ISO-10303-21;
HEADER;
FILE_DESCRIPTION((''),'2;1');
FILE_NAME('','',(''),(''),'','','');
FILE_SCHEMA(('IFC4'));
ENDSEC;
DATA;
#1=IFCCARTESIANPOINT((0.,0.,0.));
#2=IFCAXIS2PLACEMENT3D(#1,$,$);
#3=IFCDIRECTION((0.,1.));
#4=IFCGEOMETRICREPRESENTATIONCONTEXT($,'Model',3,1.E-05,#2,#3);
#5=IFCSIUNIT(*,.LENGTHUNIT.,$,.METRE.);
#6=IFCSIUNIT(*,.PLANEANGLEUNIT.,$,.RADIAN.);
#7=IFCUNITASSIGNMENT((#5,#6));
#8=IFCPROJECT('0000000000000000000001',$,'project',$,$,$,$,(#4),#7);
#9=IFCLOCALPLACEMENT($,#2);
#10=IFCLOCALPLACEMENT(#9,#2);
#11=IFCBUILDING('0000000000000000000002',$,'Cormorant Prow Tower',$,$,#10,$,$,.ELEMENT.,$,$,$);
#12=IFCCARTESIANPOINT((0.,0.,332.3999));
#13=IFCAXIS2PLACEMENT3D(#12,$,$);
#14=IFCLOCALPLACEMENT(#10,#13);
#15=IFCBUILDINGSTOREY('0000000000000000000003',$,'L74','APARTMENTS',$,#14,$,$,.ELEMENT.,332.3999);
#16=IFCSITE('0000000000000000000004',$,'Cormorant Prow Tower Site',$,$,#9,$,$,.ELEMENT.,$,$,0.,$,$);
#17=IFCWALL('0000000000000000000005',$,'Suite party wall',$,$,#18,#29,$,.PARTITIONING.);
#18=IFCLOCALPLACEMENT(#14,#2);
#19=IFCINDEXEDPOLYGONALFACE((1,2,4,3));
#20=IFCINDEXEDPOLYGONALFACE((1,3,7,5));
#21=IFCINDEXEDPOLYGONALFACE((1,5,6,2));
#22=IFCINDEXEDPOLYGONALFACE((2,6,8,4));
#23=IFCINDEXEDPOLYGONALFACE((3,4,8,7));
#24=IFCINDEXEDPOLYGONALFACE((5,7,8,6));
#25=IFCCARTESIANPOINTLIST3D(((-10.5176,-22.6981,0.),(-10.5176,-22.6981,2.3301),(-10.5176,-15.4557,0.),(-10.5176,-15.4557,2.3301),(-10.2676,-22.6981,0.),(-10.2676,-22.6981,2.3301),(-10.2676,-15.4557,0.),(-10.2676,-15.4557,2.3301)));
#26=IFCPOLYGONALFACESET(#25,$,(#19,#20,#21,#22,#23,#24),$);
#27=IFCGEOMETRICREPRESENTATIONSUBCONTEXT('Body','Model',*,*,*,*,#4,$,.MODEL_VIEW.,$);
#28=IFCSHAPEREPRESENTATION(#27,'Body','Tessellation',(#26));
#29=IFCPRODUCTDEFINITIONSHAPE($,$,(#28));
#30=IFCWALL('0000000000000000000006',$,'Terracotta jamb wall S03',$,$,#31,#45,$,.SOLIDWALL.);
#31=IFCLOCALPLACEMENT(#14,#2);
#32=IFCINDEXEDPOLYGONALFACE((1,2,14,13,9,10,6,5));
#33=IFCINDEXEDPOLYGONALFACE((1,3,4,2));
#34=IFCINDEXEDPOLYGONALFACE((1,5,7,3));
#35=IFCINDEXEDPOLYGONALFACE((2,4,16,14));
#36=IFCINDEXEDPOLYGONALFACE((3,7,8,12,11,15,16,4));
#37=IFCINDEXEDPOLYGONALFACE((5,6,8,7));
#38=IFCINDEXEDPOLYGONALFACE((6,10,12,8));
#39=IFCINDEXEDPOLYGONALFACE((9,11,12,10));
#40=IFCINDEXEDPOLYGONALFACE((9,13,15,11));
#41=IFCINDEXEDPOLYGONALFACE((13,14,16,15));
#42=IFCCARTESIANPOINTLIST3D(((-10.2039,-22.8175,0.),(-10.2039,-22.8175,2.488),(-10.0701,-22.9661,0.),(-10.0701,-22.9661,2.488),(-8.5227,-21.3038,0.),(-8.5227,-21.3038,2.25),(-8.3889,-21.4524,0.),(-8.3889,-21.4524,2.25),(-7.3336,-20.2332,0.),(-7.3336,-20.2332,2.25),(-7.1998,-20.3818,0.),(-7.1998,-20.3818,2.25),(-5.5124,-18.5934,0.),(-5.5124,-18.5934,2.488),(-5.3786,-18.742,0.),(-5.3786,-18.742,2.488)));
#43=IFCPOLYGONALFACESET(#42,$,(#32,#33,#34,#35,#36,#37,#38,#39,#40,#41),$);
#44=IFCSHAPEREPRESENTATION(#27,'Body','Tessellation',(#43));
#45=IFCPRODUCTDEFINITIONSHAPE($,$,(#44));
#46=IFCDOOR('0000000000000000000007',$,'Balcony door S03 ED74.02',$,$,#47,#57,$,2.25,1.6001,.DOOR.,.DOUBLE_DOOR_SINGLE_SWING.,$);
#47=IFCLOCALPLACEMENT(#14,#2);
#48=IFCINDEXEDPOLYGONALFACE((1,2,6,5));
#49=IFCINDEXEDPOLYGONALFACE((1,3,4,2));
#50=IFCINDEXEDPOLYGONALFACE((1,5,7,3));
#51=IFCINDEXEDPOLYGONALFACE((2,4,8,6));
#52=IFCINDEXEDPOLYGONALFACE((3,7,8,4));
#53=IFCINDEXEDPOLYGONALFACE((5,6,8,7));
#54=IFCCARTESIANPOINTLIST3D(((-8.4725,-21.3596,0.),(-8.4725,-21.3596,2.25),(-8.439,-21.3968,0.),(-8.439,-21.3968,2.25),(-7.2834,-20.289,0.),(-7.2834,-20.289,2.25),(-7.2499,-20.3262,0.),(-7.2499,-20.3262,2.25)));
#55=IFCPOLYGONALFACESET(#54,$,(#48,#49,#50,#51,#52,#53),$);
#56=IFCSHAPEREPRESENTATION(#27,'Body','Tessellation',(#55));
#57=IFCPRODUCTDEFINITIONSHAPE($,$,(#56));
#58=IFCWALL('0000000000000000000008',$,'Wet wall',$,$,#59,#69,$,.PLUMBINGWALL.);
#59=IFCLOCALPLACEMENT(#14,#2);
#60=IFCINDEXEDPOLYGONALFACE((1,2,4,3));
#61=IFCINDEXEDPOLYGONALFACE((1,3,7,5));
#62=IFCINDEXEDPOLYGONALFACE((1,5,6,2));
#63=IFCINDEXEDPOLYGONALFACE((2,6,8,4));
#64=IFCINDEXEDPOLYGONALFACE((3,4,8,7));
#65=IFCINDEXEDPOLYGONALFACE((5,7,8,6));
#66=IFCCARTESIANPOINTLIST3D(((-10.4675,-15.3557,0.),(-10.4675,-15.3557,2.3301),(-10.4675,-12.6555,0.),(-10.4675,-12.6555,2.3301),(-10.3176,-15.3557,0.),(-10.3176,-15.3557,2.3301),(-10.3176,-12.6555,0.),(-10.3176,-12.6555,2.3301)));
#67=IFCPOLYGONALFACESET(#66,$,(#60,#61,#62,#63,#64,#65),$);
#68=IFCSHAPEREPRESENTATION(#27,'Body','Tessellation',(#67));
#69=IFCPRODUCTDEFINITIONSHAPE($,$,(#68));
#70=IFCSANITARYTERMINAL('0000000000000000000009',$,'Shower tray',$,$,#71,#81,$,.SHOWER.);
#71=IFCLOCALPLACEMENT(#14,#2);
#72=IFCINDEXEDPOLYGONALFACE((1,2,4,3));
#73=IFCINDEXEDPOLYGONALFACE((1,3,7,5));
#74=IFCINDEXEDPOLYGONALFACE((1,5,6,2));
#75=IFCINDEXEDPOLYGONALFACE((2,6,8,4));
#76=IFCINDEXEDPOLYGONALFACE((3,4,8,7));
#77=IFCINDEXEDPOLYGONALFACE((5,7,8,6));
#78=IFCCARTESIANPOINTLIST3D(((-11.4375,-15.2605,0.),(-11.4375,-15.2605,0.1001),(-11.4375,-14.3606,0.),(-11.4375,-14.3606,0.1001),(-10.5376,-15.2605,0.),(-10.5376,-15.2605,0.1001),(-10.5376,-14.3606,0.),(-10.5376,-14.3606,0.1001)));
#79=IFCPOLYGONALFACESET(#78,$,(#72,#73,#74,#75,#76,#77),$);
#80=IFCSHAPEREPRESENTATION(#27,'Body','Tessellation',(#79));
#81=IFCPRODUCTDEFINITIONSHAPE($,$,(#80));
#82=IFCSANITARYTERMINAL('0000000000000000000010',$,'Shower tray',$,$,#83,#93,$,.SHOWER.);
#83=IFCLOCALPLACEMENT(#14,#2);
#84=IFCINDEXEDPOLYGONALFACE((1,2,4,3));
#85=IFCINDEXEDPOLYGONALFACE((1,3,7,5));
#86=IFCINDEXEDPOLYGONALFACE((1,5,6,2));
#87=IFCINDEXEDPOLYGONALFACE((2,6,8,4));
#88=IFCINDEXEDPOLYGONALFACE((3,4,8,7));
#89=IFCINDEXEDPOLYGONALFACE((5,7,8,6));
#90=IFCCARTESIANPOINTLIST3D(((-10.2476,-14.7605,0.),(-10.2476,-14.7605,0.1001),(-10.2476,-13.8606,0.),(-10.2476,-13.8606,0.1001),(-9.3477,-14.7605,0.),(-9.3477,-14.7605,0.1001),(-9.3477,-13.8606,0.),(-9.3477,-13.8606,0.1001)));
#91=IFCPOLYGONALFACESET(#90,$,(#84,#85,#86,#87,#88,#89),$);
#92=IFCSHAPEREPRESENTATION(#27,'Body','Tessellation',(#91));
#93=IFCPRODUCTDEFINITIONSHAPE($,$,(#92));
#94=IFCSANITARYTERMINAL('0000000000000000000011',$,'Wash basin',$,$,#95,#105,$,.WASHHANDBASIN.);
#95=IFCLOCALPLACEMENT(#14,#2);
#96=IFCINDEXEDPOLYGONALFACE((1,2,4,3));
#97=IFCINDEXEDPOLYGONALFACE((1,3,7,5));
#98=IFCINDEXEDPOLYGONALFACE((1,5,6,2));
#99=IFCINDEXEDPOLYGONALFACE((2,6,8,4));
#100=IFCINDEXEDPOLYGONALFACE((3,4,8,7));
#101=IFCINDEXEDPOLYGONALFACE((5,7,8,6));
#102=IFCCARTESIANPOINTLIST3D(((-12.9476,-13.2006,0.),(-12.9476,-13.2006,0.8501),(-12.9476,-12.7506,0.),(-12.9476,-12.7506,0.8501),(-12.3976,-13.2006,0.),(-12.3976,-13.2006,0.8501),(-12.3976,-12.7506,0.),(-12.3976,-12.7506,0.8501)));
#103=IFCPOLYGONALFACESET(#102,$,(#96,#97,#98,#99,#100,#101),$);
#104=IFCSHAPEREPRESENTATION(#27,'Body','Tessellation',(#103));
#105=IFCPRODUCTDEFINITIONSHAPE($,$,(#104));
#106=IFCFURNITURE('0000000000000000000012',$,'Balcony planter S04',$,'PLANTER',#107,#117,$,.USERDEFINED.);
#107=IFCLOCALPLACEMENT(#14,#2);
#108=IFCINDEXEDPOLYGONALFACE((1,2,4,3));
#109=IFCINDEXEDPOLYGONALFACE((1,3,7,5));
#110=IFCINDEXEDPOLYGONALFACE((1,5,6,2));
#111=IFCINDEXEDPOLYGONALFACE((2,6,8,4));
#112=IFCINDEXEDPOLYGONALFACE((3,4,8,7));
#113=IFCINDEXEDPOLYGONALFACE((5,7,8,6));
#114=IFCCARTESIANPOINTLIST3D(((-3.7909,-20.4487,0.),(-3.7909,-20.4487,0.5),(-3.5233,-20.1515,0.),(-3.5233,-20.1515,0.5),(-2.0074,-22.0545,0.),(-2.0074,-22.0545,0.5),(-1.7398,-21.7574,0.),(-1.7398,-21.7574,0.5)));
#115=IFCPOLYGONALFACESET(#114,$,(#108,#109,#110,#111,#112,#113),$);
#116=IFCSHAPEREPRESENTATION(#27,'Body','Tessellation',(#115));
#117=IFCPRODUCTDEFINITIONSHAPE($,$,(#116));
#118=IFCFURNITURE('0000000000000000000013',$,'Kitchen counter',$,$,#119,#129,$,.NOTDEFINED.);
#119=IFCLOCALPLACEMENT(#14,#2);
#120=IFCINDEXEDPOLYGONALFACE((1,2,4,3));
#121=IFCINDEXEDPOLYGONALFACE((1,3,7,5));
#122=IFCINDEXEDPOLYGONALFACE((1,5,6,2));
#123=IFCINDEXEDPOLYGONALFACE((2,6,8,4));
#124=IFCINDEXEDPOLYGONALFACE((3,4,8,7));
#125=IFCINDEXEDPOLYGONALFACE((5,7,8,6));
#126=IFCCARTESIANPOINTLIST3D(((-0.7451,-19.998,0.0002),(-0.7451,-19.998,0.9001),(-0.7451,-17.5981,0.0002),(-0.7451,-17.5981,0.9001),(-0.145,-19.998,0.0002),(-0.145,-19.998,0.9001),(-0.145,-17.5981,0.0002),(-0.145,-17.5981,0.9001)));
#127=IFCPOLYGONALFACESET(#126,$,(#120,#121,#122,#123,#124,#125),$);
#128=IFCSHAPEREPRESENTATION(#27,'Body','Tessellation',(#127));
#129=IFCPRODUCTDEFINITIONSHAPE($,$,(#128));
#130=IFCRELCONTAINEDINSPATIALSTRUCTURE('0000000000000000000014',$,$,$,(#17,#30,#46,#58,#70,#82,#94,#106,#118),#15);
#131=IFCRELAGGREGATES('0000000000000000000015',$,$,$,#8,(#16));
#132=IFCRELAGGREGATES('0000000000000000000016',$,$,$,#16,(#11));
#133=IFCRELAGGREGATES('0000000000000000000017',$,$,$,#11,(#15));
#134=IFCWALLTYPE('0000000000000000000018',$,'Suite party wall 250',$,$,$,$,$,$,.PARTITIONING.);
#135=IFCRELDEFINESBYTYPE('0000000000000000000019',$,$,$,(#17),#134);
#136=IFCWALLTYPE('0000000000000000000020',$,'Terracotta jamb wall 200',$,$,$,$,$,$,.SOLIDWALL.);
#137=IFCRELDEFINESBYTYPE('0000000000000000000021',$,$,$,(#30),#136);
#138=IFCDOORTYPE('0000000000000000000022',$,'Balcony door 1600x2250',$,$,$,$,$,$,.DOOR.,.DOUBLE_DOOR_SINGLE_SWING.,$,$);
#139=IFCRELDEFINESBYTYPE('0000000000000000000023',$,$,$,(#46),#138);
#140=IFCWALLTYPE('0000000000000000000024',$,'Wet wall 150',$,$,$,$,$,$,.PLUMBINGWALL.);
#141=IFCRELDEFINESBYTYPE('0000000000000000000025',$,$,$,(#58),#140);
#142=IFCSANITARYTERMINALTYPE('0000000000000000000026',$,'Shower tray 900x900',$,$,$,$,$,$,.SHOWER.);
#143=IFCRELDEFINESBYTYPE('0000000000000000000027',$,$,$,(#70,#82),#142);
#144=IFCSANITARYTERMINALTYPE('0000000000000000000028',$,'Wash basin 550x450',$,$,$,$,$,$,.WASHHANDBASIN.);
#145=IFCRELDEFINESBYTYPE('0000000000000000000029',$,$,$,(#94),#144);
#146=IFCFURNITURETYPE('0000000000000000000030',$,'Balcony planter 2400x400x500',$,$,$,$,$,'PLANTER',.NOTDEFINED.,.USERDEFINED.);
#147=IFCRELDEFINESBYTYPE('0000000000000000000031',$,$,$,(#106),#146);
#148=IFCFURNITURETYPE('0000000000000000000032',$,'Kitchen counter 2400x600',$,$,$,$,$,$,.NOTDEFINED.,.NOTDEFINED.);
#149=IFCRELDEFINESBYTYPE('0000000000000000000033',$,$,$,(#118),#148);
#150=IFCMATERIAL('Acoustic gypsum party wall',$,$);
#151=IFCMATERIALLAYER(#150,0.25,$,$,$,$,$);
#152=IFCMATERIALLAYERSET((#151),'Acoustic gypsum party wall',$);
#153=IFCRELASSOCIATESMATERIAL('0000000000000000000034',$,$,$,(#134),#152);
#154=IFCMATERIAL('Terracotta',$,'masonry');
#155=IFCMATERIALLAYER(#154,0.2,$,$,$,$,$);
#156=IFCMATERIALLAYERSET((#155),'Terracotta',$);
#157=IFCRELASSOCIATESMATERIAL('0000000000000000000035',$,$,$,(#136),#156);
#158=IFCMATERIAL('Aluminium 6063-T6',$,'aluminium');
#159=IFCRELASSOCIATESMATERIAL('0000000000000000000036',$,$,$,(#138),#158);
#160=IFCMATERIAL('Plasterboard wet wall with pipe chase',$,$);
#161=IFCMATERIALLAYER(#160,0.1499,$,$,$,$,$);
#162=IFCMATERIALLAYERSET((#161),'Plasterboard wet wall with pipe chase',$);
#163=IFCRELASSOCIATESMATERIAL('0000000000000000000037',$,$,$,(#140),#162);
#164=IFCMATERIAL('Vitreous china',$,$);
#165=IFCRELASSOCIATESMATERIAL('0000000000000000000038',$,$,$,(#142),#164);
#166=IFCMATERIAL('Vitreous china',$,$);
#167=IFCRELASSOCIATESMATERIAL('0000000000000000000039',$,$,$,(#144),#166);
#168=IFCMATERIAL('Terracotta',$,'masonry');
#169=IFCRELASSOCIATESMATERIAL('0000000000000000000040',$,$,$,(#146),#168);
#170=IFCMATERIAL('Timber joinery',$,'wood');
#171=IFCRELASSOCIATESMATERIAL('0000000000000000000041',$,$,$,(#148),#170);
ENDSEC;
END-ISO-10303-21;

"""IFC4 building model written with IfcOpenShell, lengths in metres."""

from ifc_helpers import new_model, si_unit, direction, frame, frame_2d, origin, origin_2d, place, context, subcontext, project, spatial, rectangle, extrude, material, layer, layer_set, type_object, element, fill, save


model = new_model("IFC4")

# Units and contexts
model_context = context("Model", 3, precision=1e-05, world=origin(), true_north=direction((0.0, 1.0)))
body_context = subcontext(model_context, "Body", "Model", "MODEL_VIEW")
ifc_project = project(units=[si_unit("LENGTHUNIT", "METRE"), si_unit("PLANEANGLEUNIT", "RADIAN")], contexts=[model_context])

# Site, building, storey
site_placement = place(None, origin())
site = spatial("IfcSite", under=ifc_project, at=site_placement, Name="Cormorant Prow Tower Site", CompositionType="ELEMENT", RefElevation=0.0)
building_placement = place(site_placement, origin())
building = spatial("IfcBuilding", under=site, at=building_placement, Name="Cormorant Prow Tower", CompositionType="ELEMENT")
storey_placement = place(building_placement, frame((0.0, 0.0, 332.3999)))
storey = spatial("IfcBuildingStorey", under=building, at=storey_placement, Name="L74", Description="APARTMENTS", CompositionType="ELEMENT", Elevation=332.3999)

# Wall
ifc_material_1 = material(Name="Acoustic gypsum party wall")
ifc_layer_1 = layer(ifc_material_1, 0.25)
ifc_layer_set_1 = layer_set([ifc_layer_1], Name="Acoustic gypsum party wall")
wall_type_1 = type_object("IfcWallType", Name="Suite party wall 250", PredefinedType="PARTITIONING", material=ifc_layer_set_1)
wall_1_placement = place(storey_placement, frame((-10.3926, -22.698, 0.0), z_axis=(0.0, 0.0, 1.0), x_axis=(0.0, 1.0, 0.0)))
element("IfcWall", 1, at=wall_1_placement, inside=storey, type_object=wall_type_1, Name="Suite party wall", PredefinedType="PARTITIONING", context=body_context, shape_type="SweptSolid", body=[
    extrude(rectangle(XDim=7.2424, YDim=0.25, at=frame_2d((3.6211, 0.0))), origin(), (0.0, 0.0, 1.0), 2.3301),
])

# Wall, opening, door
ifc_material_2 = material(Name="Terracotta", Category="masonry")
ifc_layer_2 = layer(ifc_material_2, 0.2)
ifc_layer_set_2 = layer_set([ifc_layer_2], Name="Terracotta")
wall_type_2 = type_object("IfcWallType", Name="Terracotta jamb wall 200", PredefinedType="SOLIDWALL", material=ifc_layer_set_2)
wall_2_placement = place(storey_placement, frame((-10.137, -22.8918, 0.0), z_axis=(0.0, 0.0, 1.0), x_axis=(0.743148, 0.669127, 0.0)))
wall_2 = element("IfcWall", 2, at=wall_2_placement, inside=storey, type_object=wall_type_2, Name="Terracotta jamb wall S03", PredefinedType="SOLIDWALL", context=body_context, shape_type="SweptSolid", body=[
    extrude(rectangle(XDim=6.313, YDim=0.2, at=frame_2d((3.1565, 0.0))), origin(), (0.0, 0.0, 1.0), 2.488),
])
opening_1_placement = place(wall_2_placement, frame((2.2622, 0.0, 0.0)))
opening_1 = element("IfcOpeningElement", 3, at=opening_1_placement, cuts=wall_2, PredefinedType="OPENING", context=body_context, shape_type="SweptSolid", body=[
    extrude(rectangle(XDim=1.6001, YDim=2.25, at=frame_2d((0.8, 1.125))), frame((0.0, 0.1099, 0.0), z_axis=(0.0, -1.0, 0.0), x_axis=(1.0, 0.0, 0.0)), (0.0, 0.0, 1.0), 0.22),
])
ifc_material_3 = material(Name="Aluminium 6063-T6", Category="aluminium")
door_type_1 = type_object("IfcDoorType", Name="Balcony door 1600x2250", OperationType="DOUBLE_DOOR_SINGLE_SWING", PredefinedType="DOOR", material=ifc_material_3)
door_1_placement = place(opening_1_placement, origin())
door_1 = element("IfcDoor", 4, at=door_1_placement, inside=storey, type_object=door_type_1, Name="Balcony door S03 ED74.02", OperationType="DOUBLE_DOOR_SINGLE_SWING", OverallHeight=2.25, OverallWidth=1.6001, PredefinedType="DOOR", context=body_context, shape_type="SweptSolid", body=[
    extrude(rectangle(XDim=1.6001, YDim=2.25, at=frame_2d((0.8, 1.125))), frame((0.0, 0.0249, 0.0), z_axis=(0.0, -1.0, 0.0), x_axis=(1.0, 0.0, 0.0)), (0.0, 0.0, 1.0), 0.05),
])
fill(opening_1, door_1)

# Wall
ifc_material_4 = material(Name="Plasterboard wet wall with pipe chase")
ifc_layer_3 = layer(ifc_material_4, 0.1499)
ifc_layer_set_3 = layer_set([ifc_layer_3], Name="Plasterboard wet wall with pipe chase")
wall_type_3 = type_object("IfcWallType", Name="Wet wall 150", PredefinedType="PLUMBINGWALL", material=ifc_layer_set_3)
wall_3_placement = place(storey_placement, frame((-10.3926, -15.3557, 0.0), z_axis=(0.0, 0.0, 1.0), x_axis=(0.0, 1.0, 0.0)))
element("IfcWall", 5, at=wall_3_placement, inside=storey, type_object=wall_type_3, Name="Wet wall", PredefinedType="PLUMBINGWALL", context=body_context, shape_type="SweptSolid", body=[
    extrude(rectangle(XDim=2.7002, YDim=0.1499, at=frame_2d((1.3501, 0.0))), origin(), (0.0, 0.0, 1.0), 2.3301),
])

# Sanitary terminals
ifc_material_5 = material(Name="Vitreous china")
sanitary_terminal_type_1 = type_object("IfcSanitaryTerminalType", Name="Shower tray 900x900", PredefinedType="SHOWER", material=ifc_material_5)
for number, where, z_axis, x_axis, name in (
    (6, (-10.9875, -14.8105, 0.0), (0.0, 0.0, 1.0), (-1.0, 0.0, 0.0), "Shower tray"),
    (7, (-9.7976, -14.3105, 0.0), (0.0, 0.0, 1.0), (1.0, 0.0, 0.0), "Shower tray"),
):
    element("IfcSanitaryTerminal", number, at=place(storey_placement, frame(where, z_axis=z_axis, x_axis=x_axis)), inside=storey, type_object=sanitary_terminal_type_1, Name=name, PredefinedType="SHOWER", context=body_context, shape_type="SweptSolid", body=[
        extrude(rectangle(XDim=0.8999, YDim=0.8999, at=origin_2d()), origin(), (0.0, 0.0, 1.0), 0.1001),
    ])
ifc_material_6 = material(Name="Vitreous china")
sanitary_terminal_type_2 = type_object("IfcSanitaryTerminalType", Name="Wash basin 550x450", PredefinedType="WASHHANDBASIN", material=ifc_material_6)
sanitary_terminal_placement = place(storey_placement, frame((-12.6726, -12.9756, 0.0), z_axis=(0.0, 0.0, 1.0), x_axis=(1.0, 0.0, 0.0)))
element("IfcSanitaryTerminal", 8, at=sanitary_terminal_placement, inside=storey, type_object=sanitary_terminal_type_2, Name="Wash basin", PredefinedType="WASHHANDBASIN", context=body_context, shape_type="SweptSolid", body=[
    extrude(rectangle(XDim=0.55, YDim=0.45, at=origin_2d()), origin(), (0.0, 0.0, 1.0), 0.8501),
])

# Furniture
ifc_material_7 = material(Name="Terracotta", Category="masonry")
furniture_type_1 = type_object("IfcFurnitureType", Name="Balcony planter 2400x400x500", ElementType="PLANTER", AssemblyPlace="NOTDEFINED", PredefinedType="USERDEFINED", material=ifc_material_7)
furniture_1_placement = place(storey_placement, frame((-2.7654, -21.103, 0.0), z_axis=(0.0, 0.0, 1.0), x_axis=(0.743145, -0.669131, 0.0)))
element("IfcFurniture", 9, at=furniture_1_placement, inside=storey, type_object=furniture_type_1, Name="Balcony planter S04", ObjectType="PLANTER", PredefinedType="USERDEFINED", context=body_context, shape_type="SweptSolid", body=[
    extrude(rectangle(XDim=2.3999, YDim=0.3999, at=origin_2d()), origin(), (0.0, 0.0, 1.0), 0.5),
])
ifc_material_8 = material(Name="Timber joinery", Category="wood")
furniture_type_2 = type_object("IfcFurnitureType", Name="Kitchen counter 2400x600", AssemblyPlace="NOTDEFINED", PredefinedType="NOTDEFINED", material=ifc_material_8)
furniture_2_placement = place(storey_placement, frame((-0.4451, -18.7981, 0.0002), z_axis=(0.0, 0.0, 1.0), x_axis=(0.0, -1.0, 0.0)))
element("IfcFurniture", 10, at=furniture_2_placement, inside=storey, type_object=furniture_type_2, Name="Kitchen counter", PredefinedType="NOTDEFINED", context=body_context, shape_type="SweptSolid", body=[
    extrude(rectangle(XDim=2.3999, YDim=0.6001, at=origin_2d()), origin(), (0.0, 0.0, 1.0), 0.8999),
])

save(model, "model.ifc")
